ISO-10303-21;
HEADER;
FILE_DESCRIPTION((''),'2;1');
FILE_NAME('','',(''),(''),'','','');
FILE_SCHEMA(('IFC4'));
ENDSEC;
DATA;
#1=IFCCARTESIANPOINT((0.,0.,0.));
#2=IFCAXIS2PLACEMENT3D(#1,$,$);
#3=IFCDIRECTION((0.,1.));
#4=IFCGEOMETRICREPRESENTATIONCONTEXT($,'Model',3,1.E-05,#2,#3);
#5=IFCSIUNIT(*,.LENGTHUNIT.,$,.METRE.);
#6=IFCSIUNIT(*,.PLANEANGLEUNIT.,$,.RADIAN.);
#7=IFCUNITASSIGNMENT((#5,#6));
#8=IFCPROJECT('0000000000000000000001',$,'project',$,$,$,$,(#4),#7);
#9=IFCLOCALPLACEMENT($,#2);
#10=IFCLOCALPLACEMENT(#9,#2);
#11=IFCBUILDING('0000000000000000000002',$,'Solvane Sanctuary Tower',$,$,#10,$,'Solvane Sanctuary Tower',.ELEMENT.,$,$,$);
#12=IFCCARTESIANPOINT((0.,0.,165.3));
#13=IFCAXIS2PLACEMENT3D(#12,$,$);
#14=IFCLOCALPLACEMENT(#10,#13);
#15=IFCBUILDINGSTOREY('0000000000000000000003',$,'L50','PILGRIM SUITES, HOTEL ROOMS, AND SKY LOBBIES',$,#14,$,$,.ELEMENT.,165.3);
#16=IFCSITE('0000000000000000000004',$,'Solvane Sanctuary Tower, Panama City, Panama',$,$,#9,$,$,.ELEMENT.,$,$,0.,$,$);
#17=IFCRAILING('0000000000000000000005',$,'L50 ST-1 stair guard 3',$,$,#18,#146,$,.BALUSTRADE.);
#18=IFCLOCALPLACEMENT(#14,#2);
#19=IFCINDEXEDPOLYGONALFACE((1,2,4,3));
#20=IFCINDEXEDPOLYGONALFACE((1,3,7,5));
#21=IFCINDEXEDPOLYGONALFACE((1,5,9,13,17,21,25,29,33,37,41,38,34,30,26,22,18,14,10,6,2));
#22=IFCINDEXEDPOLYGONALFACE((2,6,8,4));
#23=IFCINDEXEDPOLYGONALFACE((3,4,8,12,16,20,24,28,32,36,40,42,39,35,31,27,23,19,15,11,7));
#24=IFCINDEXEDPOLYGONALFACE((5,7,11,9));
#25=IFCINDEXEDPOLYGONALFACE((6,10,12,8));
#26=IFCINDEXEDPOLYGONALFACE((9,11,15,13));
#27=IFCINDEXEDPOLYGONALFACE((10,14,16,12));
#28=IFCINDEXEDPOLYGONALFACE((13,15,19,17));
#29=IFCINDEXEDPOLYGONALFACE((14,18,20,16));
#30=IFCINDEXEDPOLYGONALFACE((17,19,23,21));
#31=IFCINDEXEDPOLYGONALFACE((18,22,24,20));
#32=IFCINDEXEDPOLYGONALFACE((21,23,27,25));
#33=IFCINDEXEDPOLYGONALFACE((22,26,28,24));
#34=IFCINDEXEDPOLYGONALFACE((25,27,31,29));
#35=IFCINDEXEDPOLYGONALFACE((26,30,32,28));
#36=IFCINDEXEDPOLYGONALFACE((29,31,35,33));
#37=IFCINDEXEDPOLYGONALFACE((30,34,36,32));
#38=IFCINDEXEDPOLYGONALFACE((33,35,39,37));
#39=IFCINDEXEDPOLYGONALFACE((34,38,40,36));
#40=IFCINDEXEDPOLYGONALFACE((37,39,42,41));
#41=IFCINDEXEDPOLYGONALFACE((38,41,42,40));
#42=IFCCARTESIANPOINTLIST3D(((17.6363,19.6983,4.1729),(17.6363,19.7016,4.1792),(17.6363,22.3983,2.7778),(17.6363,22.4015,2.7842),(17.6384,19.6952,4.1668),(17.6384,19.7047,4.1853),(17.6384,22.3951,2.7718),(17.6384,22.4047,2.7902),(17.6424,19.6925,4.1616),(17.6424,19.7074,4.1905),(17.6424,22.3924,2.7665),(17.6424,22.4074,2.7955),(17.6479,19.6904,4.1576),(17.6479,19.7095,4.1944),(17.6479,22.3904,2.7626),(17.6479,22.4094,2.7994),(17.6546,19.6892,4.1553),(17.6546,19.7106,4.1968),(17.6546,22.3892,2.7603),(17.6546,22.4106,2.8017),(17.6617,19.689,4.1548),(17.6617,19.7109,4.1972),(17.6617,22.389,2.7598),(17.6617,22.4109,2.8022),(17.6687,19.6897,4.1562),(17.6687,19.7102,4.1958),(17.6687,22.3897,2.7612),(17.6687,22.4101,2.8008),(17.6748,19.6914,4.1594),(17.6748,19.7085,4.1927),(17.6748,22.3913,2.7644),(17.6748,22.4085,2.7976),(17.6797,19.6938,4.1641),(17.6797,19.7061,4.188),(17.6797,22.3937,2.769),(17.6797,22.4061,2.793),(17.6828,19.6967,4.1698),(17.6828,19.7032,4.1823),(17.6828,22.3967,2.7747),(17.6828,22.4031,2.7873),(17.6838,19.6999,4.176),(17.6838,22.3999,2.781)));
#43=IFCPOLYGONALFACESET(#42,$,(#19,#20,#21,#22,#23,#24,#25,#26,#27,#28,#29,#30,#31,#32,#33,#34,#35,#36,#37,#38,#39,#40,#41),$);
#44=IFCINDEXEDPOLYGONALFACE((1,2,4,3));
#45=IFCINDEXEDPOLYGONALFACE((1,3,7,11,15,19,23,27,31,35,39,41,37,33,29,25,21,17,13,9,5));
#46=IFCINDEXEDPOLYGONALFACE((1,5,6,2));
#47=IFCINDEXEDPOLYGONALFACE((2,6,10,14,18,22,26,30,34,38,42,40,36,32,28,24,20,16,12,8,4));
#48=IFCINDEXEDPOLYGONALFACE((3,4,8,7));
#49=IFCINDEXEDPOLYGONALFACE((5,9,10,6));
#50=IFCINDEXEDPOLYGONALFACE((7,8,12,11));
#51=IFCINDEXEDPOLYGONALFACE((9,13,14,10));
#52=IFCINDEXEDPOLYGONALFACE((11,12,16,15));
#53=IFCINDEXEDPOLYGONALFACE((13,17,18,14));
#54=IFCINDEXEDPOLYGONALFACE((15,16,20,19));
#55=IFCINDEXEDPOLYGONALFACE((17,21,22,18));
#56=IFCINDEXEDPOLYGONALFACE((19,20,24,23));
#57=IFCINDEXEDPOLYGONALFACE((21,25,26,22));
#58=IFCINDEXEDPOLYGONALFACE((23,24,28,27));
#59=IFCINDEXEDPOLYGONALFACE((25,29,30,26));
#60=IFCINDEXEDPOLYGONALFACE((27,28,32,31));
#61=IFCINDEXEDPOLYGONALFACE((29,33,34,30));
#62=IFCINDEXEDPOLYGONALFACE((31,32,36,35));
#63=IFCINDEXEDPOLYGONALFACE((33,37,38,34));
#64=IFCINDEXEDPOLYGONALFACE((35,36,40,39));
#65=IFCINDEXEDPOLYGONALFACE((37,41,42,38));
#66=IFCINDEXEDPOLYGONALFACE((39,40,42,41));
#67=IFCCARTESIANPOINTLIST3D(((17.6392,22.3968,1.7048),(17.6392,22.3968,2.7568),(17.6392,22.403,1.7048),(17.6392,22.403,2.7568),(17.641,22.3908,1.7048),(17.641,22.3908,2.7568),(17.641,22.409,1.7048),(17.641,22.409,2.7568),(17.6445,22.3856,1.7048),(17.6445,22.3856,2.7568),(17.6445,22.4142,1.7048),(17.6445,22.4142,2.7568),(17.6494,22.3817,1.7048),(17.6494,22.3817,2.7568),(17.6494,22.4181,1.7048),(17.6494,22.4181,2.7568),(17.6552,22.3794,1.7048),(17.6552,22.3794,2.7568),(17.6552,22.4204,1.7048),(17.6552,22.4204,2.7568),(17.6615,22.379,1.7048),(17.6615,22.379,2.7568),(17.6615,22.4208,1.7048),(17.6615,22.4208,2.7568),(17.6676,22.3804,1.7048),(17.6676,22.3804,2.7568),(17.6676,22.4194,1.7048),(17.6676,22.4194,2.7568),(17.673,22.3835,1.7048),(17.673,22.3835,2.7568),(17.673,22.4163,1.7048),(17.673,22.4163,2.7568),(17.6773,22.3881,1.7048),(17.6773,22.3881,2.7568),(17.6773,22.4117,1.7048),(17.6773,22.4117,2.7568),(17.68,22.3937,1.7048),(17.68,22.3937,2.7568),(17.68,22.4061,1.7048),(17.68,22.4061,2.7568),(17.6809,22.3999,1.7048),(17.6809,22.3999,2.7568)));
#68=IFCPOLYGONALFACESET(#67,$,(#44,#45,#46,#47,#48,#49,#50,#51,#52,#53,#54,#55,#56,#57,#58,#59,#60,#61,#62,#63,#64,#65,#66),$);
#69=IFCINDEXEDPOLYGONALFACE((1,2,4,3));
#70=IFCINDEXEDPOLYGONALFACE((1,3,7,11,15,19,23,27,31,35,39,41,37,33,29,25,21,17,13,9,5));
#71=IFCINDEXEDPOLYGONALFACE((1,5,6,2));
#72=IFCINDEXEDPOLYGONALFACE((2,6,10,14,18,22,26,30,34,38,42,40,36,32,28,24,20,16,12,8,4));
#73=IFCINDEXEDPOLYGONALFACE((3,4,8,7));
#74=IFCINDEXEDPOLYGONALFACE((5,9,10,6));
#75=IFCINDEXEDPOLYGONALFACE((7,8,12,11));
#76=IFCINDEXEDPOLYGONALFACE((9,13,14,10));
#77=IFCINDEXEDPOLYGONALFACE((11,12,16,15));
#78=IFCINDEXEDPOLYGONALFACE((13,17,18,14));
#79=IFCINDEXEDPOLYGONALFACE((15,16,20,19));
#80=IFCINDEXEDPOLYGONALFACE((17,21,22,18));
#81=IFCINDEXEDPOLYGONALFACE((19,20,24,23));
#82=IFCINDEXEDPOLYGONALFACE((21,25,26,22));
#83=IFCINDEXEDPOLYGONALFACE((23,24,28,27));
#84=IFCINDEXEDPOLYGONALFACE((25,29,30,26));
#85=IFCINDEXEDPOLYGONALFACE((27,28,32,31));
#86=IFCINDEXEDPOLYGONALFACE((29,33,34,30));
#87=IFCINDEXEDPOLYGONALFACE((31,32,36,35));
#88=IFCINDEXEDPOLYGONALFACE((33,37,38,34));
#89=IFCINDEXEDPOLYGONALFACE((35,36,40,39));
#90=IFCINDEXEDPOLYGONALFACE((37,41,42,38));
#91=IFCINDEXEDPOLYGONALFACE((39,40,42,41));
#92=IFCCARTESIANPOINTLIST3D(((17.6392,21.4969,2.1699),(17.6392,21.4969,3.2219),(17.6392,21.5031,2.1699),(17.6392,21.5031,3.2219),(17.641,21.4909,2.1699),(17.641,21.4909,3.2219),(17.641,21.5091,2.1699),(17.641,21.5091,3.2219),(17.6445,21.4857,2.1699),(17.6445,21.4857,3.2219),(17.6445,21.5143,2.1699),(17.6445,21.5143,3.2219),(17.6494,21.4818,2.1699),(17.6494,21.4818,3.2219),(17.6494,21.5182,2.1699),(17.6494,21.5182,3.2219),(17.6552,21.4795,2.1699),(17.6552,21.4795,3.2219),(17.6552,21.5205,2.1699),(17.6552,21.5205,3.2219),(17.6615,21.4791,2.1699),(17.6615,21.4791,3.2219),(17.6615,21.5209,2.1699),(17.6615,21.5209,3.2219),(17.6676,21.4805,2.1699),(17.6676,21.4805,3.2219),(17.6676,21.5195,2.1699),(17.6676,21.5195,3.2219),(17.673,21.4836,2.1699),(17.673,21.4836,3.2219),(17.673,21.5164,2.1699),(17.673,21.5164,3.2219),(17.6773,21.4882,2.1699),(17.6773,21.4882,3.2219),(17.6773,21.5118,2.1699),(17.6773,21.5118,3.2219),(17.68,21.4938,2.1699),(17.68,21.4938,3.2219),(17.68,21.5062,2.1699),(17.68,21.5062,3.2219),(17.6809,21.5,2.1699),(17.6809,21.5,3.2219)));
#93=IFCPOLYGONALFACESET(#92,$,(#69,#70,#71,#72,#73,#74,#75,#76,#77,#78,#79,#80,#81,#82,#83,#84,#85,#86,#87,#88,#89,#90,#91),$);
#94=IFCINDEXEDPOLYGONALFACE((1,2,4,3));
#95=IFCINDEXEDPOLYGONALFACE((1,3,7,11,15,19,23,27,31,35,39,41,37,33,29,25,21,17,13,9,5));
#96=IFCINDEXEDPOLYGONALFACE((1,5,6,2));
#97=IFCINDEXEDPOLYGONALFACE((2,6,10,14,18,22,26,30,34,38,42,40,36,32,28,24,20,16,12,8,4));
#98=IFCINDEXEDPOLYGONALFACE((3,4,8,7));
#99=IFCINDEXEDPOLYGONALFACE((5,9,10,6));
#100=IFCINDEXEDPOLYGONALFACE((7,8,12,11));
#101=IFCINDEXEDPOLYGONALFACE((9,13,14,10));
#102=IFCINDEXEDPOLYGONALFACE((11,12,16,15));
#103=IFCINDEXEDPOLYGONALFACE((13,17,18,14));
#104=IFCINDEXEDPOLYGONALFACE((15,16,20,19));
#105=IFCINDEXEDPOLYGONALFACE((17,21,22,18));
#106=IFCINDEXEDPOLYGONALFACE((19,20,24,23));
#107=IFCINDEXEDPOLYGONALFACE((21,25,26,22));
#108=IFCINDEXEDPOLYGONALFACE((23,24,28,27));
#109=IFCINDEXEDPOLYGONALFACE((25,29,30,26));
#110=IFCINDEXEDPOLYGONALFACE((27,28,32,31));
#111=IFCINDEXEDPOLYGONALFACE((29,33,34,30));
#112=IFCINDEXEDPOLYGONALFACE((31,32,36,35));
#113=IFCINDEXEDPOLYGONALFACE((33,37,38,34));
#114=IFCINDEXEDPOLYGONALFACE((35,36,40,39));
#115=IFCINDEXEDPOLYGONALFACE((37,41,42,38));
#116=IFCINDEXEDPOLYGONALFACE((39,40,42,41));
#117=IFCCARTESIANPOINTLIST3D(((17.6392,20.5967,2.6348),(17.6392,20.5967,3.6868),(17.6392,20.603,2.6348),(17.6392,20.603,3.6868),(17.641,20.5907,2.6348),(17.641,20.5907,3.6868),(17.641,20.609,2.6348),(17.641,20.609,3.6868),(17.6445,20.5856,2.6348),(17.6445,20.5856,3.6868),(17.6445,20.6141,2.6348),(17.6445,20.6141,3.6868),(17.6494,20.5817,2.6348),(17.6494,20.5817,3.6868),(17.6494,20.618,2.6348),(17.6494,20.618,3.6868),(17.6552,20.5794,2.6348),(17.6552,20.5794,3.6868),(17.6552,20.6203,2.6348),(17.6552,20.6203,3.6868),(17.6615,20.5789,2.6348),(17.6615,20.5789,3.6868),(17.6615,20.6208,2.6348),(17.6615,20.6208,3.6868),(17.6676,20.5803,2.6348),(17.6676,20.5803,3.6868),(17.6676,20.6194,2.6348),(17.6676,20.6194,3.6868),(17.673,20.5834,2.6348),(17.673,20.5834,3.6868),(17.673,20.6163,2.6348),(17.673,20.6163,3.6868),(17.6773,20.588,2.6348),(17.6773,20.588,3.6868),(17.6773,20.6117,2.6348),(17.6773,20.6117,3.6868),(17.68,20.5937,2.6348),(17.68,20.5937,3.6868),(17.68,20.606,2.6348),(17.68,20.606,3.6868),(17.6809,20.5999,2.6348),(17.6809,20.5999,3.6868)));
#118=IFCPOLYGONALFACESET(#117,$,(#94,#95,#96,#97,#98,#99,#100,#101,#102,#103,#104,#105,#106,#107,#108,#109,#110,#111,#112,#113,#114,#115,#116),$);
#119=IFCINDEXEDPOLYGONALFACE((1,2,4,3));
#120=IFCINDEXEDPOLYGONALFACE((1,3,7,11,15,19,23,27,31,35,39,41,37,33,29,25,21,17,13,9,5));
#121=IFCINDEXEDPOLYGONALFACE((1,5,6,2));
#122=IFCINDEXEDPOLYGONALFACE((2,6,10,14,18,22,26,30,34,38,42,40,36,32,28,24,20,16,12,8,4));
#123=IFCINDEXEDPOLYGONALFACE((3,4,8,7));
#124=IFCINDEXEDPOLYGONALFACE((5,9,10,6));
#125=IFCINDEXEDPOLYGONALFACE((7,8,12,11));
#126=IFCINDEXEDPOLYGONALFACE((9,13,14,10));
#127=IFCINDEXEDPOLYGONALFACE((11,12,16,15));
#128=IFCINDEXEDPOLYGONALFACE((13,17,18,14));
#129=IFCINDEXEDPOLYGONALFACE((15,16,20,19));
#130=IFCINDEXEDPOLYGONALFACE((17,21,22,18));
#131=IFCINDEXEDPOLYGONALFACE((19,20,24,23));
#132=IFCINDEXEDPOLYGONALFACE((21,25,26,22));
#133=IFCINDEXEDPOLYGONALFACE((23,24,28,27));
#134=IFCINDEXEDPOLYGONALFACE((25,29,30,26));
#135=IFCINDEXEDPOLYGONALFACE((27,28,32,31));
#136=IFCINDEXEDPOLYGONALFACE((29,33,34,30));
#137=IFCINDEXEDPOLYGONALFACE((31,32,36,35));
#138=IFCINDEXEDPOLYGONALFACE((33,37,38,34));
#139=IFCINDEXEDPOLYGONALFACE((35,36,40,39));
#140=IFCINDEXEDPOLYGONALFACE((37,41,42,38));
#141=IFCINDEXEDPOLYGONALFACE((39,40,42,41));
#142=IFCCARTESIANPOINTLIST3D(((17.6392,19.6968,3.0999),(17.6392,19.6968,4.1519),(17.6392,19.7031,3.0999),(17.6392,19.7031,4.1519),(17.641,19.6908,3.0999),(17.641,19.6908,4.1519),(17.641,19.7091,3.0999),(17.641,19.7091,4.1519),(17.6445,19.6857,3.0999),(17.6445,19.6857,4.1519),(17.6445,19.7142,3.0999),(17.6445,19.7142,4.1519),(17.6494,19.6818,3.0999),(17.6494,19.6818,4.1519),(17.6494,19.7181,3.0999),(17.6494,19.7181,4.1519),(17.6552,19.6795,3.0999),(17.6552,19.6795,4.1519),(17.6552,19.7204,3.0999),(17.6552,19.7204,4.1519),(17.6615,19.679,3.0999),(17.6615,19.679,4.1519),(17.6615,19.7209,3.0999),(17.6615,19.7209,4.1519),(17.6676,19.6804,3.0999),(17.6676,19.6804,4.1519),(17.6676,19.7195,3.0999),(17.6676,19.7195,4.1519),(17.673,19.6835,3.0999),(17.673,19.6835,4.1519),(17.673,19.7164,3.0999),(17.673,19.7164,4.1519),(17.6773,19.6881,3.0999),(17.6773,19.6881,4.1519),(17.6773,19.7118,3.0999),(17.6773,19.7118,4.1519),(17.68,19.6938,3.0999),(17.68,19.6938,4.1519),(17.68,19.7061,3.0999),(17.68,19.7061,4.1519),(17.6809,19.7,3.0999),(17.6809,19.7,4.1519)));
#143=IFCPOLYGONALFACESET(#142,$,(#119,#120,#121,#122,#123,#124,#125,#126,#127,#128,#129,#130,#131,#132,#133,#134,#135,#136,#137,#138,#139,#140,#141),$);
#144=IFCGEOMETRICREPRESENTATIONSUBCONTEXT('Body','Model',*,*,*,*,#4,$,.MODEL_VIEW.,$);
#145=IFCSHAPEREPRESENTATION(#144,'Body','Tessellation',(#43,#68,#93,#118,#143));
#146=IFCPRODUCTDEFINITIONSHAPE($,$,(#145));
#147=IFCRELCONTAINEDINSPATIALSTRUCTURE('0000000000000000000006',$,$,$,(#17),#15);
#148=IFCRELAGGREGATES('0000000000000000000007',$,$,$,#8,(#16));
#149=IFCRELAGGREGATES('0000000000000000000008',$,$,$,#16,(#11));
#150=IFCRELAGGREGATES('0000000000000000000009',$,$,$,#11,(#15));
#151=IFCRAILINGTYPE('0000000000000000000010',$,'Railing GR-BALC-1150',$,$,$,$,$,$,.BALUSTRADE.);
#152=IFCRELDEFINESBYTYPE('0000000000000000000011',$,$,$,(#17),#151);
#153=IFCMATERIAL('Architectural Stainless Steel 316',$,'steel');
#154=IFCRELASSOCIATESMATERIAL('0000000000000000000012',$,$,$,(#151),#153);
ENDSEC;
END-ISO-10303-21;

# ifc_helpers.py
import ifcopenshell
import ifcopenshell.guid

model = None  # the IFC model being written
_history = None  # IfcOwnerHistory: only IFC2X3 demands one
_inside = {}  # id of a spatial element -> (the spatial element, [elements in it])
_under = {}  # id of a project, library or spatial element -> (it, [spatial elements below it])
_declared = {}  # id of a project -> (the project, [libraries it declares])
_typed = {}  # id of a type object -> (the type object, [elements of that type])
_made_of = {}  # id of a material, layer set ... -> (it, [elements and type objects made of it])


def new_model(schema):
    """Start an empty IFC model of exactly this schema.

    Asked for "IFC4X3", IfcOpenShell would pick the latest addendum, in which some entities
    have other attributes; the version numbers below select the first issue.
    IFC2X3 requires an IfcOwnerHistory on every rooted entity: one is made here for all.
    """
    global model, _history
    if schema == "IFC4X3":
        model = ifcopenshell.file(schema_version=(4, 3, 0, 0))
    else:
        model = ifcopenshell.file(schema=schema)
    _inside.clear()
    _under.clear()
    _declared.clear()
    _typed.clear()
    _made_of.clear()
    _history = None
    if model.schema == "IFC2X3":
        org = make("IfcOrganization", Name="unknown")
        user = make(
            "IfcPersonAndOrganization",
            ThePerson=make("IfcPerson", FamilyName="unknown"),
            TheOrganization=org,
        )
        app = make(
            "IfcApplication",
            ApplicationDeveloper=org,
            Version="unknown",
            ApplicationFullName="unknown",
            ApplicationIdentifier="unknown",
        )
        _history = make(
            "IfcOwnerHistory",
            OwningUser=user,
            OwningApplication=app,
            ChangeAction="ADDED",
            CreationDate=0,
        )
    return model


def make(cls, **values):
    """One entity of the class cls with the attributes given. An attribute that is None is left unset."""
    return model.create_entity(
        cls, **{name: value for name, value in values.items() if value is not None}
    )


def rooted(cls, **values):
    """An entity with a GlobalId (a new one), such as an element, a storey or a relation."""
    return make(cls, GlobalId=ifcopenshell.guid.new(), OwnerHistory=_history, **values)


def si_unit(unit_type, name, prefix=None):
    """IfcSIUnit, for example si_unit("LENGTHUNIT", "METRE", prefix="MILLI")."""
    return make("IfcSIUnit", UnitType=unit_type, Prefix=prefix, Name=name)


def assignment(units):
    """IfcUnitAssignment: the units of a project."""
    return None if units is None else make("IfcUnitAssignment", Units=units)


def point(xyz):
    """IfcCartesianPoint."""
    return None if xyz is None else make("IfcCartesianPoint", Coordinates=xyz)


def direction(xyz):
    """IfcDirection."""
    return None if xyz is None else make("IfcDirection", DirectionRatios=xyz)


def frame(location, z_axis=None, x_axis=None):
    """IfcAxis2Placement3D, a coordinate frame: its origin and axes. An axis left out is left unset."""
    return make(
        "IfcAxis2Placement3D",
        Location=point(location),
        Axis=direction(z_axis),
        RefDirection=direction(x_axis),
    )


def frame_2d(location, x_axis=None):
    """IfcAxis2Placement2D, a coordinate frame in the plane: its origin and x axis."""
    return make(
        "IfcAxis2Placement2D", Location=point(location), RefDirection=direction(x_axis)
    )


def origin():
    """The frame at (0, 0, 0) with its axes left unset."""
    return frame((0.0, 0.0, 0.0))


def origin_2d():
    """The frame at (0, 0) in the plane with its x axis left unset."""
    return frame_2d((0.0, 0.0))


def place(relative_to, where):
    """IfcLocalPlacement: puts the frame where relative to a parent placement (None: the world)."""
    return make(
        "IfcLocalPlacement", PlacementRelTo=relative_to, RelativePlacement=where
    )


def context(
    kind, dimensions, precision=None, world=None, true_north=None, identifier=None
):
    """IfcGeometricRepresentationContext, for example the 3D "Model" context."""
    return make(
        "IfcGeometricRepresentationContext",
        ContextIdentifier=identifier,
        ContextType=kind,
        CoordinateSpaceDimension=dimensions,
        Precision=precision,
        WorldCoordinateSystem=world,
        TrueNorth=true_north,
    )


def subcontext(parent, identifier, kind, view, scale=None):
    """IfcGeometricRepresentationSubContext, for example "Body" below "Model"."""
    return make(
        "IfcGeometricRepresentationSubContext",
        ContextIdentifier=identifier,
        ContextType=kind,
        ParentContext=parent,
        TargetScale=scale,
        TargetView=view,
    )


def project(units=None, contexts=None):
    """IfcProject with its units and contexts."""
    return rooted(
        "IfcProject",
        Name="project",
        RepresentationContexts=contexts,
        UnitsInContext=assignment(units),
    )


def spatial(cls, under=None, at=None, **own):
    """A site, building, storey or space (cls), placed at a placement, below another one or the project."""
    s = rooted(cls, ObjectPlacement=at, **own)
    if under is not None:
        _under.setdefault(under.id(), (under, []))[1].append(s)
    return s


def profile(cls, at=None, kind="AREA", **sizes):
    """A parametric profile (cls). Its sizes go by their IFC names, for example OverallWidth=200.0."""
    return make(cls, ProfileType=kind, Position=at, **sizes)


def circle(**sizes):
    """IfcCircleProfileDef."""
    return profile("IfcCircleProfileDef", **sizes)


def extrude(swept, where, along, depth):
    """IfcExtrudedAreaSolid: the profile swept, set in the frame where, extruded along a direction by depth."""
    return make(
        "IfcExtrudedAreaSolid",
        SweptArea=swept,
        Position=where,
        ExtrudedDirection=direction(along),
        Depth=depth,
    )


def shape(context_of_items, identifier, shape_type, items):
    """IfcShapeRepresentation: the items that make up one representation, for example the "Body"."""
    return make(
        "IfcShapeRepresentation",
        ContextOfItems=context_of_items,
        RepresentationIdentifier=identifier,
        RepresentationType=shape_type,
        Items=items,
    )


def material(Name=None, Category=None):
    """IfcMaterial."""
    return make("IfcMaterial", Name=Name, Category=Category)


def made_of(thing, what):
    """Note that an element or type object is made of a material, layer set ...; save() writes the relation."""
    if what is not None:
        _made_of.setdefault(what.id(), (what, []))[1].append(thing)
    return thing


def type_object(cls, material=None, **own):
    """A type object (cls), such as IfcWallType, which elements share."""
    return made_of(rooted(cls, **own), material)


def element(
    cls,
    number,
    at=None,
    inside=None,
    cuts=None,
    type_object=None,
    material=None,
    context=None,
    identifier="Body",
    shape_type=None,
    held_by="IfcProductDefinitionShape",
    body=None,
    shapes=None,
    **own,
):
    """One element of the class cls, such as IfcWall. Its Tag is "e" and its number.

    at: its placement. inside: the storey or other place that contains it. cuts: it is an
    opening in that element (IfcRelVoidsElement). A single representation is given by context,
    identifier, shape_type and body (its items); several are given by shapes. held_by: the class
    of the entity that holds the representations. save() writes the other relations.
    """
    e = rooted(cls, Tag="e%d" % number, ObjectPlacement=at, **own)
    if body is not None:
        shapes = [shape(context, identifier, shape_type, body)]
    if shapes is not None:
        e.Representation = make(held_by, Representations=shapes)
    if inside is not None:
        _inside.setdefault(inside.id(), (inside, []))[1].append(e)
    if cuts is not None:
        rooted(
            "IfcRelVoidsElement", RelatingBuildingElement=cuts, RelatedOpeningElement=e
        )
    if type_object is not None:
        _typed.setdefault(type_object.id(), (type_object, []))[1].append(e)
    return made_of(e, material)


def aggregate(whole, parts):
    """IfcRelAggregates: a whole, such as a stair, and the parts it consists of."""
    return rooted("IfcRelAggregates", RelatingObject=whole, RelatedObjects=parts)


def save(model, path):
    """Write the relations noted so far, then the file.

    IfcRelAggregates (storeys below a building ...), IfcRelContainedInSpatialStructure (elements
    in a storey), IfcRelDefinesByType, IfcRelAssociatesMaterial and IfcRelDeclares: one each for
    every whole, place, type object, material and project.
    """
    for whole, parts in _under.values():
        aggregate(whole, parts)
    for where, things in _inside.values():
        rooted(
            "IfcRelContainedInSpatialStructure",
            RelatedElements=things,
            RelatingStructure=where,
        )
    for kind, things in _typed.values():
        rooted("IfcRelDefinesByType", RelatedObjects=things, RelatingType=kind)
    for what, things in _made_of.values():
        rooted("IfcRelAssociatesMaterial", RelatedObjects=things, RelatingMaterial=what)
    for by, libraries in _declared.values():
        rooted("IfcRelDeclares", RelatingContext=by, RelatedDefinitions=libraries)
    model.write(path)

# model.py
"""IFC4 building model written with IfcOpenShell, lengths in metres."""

from ifc_helpers import new_model, si_unit, direction, frame, origin, origin_2d, place, context, subcontext, project, spatial, circle, extrude, material, type_object, element, save


model = new_model("IFC4")

# Units and contexts
model_context = context("Model", 3, precision=1e-05, world=origin(), true_north=direction((0.0, 1.0)))
body_context = subcontext(model_context, "Body", "Model", "MODEL_VIEW")
ifc_project = project(units=[si_unit("LENGTHUNIT", "METRE"), si_unit("PLANEANGLEUNIT", "RADIAN")], contexts=[model_context])

# Site, building, storey
site_placement = place(None, origin())
site = spatial("IfcSite", under=ifc_project, at=site_placement, Name="Solvane Sanctuary Tower, Panama City, Panama", CompositionType="ELEMENT", RefElevation=0.0)
building_placement = place(site_placement, origin())
building = spatial("IfcBuilding", under=site, at=building_placement, Name="Solvane Sanctuary Tower", LongName="Solvane Sanctuary Tower", CompositionType="ELEMENT")
storey_placement = place(building_placement, frame((0.0, 0.0, 165.3)))
storey = spatial("IfcBuildingStorey", under=building, at=storey_placement, Name="L50", Description="PILGRIM SUITES, HOTEL ROOMS, AND SKY LOBBIES", CompositionType="ELEMENT", Elevation=165.3)

# Railing
ifc_material_1 = material(Name="Architectural Stainless Steel 316", Category="steel")
railing_type_1 = type_object("IfcRailingType", Name="Railing GR-BALC-1150", PredefinedType="BALUSTRADE", material=ifc_material_1)
railing_1_placement = place(storey_placement, frame((17.6599, 22.3999, 1.7048)))
element("IfcRailing", 1, at=railing_1_placement, inside=storey, type_object=railing_type_1, Name="L50 ST-1 stair guard 3", PredefinedType="BALUSTRADE", context=body_context, shape_type="SweptSolid", body=[
    extrude(circle(Radius=0.0239, at=origin_2d()), frame((0.0, 0.0, 1.0762), z_axis=(0.0, -0.88842, 0.459032), x_axis=(1.0, 0.0, 0.0)), (0.0, 0.0, 1.0), 3.0391),
    extrude(circle(Radius=0.021, at=origin_2d()), origin(), (0.0, 0.0, 1.0), 1.052),
    extrude(circle(Radius=0.021, at=origin_2d()), frame((0.0, -0.8999, 0.4651)), (0.0, 0.0, 1.0), 1.052),
    extrude(circle(Radius=0.021, at=origin_2d()), frame((0.0, -1.8, 0.9299)), (0.0, 0.0, 1.0), 1.052),
    extrude(circle(Radius=0.021, at=origin_2d()), frame((0.0, -2.7, 1.395)), (0.0, 0.0, 1.0), 1.052),
])

save(model, "model.ifc")
